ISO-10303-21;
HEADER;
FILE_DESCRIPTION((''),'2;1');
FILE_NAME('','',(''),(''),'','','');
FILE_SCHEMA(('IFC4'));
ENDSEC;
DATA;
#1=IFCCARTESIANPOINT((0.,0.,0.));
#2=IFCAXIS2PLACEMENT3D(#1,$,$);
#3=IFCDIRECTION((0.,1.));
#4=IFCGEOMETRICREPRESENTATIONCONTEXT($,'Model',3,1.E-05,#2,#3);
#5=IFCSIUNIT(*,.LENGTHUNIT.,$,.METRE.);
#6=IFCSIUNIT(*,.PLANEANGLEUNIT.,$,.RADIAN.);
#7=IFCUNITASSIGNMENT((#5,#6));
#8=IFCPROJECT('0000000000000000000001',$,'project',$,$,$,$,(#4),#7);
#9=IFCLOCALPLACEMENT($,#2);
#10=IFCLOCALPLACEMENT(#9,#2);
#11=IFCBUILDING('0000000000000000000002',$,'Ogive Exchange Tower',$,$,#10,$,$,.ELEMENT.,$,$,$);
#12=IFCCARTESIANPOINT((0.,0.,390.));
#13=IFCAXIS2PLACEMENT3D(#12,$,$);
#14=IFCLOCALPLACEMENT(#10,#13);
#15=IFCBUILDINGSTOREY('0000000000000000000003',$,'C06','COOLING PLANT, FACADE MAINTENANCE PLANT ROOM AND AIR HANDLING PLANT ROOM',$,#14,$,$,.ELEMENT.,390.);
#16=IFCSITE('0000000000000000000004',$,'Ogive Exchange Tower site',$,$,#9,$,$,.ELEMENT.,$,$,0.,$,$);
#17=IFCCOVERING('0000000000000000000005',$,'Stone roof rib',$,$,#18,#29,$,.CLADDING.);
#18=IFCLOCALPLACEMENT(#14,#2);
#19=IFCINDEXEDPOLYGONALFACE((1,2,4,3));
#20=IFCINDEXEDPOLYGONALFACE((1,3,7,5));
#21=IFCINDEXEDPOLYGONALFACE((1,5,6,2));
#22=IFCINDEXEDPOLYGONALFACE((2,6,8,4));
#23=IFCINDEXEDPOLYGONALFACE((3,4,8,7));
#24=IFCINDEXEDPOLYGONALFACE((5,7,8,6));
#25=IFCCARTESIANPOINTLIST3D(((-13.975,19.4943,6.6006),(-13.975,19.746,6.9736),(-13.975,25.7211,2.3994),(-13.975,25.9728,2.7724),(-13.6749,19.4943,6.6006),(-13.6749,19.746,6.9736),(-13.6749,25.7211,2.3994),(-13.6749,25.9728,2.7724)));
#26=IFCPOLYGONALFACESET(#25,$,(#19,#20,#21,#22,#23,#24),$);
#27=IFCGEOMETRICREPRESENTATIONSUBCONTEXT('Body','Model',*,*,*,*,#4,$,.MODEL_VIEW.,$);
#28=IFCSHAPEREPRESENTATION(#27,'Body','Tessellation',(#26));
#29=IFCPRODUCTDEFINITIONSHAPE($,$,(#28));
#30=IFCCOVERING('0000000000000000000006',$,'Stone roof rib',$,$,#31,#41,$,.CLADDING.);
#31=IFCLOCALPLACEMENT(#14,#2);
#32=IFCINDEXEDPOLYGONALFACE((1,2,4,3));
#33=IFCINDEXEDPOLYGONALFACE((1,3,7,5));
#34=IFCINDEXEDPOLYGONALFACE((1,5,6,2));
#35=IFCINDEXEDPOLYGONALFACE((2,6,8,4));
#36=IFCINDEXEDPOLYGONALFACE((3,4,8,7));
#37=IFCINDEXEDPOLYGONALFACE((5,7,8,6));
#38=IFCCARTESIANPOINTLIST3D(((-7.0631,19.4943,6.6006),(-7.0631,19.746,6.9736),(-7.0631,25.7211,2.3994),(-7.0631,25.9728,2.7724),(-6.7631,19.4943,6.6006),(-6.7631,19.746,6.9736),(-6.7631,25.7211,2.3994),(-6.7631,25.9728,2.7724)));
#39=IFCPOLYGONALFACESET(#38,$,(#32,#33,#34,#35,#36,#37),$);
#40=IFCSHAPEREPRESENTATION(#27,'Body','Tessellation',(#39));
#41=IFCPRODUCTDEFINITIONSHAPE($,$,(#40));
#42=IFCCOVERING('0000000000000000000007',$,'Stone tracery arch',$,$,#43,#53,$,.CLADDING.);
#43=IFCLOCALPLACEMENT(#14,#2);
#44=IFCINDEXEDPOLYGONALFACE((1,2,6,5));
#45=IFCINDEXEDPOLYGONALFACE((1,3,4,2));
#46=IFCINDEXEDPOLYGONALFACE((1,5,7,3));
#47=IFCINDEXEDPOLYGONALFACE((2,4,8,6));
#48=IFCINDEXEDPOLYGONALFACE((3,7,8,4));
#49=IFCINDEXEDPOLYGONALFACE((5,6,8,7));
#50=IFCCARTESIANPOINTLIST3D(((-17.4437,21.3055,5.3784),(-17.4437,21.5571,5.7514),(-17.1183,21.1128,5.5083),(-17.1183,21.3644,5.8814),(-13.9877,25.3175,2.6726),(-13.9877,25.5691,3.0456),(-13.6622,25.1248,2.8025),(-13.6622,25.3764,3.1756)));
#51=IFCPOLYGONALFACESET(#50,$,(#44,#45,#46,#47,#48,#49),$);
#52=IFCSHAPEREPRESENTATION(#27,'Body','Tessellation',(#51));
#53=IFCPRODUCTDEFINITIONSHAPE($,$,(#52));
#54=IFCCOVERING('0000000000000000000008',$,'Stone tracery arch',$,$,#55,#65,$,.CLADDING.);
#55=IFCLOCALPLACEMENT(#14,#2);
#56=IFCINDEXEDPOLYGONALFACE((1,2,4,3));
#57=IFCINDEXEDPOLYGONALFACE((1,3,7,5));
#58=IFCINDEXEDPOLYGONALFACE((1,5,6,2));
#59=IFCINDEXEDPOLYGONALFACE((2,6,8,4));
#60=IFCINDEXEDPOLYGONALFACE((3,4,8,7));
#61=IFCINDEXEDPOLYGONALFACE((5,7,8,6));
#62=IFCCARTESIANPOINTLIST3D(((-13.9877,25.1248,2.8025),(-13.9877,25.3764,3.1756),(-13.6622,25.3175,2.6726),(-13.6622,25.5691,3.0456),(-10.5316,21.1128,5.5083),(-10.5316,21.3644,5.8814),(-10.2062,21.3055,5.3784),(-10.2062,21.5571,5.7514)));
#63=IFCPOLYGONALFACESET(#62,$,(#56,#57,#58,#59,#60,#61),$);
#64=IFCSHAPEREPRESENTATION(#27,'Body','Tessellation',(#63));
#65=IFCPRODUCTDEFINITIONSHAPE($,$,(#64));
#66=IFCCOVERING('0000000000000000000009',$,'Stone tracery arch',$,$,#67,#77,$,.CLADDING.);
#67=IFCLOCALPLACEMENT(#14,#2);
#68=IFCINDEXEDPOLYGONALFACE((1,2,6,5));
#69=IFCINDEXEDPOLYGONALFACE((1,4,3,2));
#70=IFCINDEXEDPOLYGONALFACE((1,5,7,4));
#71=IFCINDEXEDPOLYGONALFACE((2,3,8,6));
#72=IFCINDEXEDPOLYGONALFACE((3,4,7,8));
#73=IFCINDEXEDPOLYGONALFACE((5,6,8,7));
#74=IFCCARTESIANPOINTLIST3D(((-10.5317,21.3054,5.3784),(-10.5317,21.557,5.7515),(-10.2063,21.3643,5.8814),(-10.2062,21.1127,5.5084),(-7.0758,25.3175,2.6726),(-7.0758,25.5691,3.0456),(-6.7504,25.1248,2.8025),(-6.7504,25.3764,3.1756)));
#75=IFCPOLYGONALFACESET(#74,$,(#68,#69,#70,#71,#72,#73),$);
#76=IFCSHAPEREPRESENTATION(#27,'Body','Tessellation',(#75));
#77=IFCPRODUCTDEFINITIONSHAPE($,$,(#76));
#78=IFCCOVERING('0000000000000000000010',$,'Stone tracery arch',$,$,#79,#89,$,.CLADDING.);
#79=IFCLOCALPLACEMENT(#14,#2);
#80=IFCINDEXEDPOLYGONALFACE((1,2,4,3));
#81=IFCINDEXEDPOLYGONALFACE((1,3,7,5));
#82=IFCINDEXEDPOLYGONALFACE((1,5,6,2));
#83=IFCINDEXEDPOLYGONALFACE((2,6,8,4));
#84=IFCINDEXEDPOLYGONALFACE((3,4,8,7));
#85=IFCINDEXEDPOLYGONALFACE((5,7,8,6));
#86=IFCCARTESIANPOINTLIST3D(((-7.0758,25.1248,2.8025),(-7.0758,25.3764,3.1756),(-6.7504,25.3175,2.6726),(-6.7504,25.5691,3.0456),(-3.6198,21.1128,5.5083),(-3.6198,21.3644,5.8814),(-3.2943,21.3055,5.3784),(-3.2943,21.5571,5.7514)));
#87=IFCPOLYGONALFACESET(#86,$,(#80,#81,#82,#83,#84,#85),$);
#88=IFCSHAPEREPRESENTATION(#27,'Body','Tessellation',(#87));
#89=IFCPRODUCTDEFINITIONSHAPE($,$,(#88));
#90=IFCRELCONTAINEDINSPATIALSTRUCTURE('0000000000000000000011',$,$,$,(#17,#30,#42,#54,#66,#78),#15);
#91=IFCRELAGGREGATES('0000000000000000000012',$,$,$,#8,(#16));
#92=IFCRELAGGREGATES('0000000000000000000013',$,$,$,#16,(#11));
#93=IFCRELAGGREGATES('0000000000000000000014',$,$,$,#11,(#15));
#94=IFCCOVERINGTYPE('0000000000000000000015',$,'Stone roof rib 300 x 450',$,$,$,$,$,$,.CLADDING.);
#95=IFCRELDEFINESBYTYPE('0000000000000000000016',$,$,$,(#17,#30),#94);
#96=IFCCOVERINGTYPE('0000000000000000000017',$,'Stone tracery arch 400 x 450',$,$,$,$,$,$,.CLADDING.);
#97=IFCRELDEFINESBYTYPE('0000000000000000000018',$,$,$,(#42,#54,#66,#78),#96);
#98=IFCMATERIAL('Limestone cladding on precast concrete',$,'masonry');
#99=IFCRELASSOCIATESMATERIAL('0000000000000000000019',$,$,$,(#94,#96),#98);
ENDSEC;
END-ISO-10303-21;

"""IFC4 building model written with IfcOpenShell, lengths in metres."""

from ifc_helpers import new_model, si_unit, direction, frame, origin, origin_2d, place, context, subcontext, project, spatial, rectangle, extrude, material, material_profile, profile_set, type_object, element, save


model = new_model("IFC4")

# Units and contexts
model_context = context("Model", 3, precision=1e-05, world=origin(), true_north=direction((0.0, 1.0)))
body_context = subcontext(model_context, "Body", "Model", "MODEL_VIEW")
ifc_project = project(units=[si_unit("LENGTHUNIT", "METRE"), si_unit("PLANEANGLEUNIT", "RADIAN")], contexts=[model_context])

# Site, building, storey
site_placement = place(None, origin())
site = spatial("IfcSite", under=ifc_project, at=site_placement, Name="Ogive Exchange Tower site", CompositionType="ELEMENT", RefElevation=0.0)
building_placement = place(site_placement, origin())
building = spatial("IfcBuilding", under=site, at=building_placement, Name="Ogive Exchange Tower", CompositionType="ELEMENT")
storey_placement = place(building_placement, frame((0.0, 0.0, 390.0)))
storey = spatial("IfcBuildingStorey", under=building, at=storey_placement, Name="C06", Description="COOLING PLANT, FACADE MAINTENANCE PLANT ROOM AND AIR HANDLING PLANT ROOM", CompositionType="ELEMENT", Elevation=390.0)

# Coverings
ifc_material_1 = material(Name="Limestone cladding on precast concrete", Category="masonry")
ifc_material_profile_1 = material_profile(ifc_material_1, rectangle(XDim=0.3, YDim=0.45, at=origin_2d()), Name="RIB 300 x 450")
ifc_profile_set_1 = profile_set([ifc_material_profile_1], Name="Limestone cladding on precast concrete")
covering_type_1 = type_object("IfcCoveringType", Name="Stone roof rib 300 x 450", PredefinedType="CLADDING", material=ifc_profile_set_1)
for number, where, z_axis, x_axis, name in (
    (1, (-13.825, 25.8469, 2.5859), (0.0, -0.828967, 0.559297), (1.0, 0.0, 0.0), "Stone roof rib"),
    (2, (-6.9131, 25.8469, 2.5859), (0.0, -0.828967, 0.559297), (1.0, 0.0, 0.0), "Stone roof rib"),
):
    element("IfcCovering", number, at=place(storey_placement, frame(where, z_axis=z_axis, x_axis=x_axis)), inside=storey, type_object=covering_type_1, Name=name, PredefinedType="CLADDING", context=body_context, shape_type="SweptSolid", body=[
        extrude(rectangle(XDim=0.3, YDim=0.45, at=origin_2d()), origin(), (0.0, 0.0, 1.0), 7.5115),
    ])
ifc_material_profile_2 = material_profile(ifc_material_1, rectangle(XDim=0.3999, YDim=0.45, at=origin_2d()), Name="TRACERY 400 x 450")
ifc_profile_set_2 = profile_set([ifc_material_profile_2], Name="Limestone cladding on precast concrete")
covering_type_2 = type_object("IfcCoveringType", Name="Stone tracery arch 400 x 450", PredefinedType="CLADDING", material=ifc_profile_set_2)
for number, where, z_axis, x_axis, name in (
    (3, (-13.825, 25.3469, 2.9241), (-0.581186, -0.67467, 0.455021), (0.813771, -0.481829, 0.324988), "Stone tracery arch"),
    (4, (-13.825, 25.3469, 2.9241), (0.581186, -0.67467, 0.455021), (0.813771, 0.481829, -0.324988), "Stone tracery arch"),
    (5, (-6.9131, 25.3469, 2.9241), (-0.581158, -0.674686, 0.455032), (0.81379, -0.481798, 0.324986), "Stone tracery arch"),
    (6, (-6.9131, 25.3469, 2.9241), (0.581186, -0.67467, 0.455021), (0.813771, 0.48181, -0.325017), "Stone tracery arch"),
):
    element("IfcCovering", number, at=place(storey_placement, frame(where, z_axis=z_axis, x_axis=x_axis)), inside=storey, type_object=covering_type_2, Name=name, PredefinedType="CLADDING", context=body_context, shape_type="SweptSolid", body=[
        extrude(rectangle(XDim=0.3999, YDim=0.45, at=origin_2d()), origin(), (0.0, 0.0, 1.0), 5.9465),
    ])

save(model, "model.ifc")
